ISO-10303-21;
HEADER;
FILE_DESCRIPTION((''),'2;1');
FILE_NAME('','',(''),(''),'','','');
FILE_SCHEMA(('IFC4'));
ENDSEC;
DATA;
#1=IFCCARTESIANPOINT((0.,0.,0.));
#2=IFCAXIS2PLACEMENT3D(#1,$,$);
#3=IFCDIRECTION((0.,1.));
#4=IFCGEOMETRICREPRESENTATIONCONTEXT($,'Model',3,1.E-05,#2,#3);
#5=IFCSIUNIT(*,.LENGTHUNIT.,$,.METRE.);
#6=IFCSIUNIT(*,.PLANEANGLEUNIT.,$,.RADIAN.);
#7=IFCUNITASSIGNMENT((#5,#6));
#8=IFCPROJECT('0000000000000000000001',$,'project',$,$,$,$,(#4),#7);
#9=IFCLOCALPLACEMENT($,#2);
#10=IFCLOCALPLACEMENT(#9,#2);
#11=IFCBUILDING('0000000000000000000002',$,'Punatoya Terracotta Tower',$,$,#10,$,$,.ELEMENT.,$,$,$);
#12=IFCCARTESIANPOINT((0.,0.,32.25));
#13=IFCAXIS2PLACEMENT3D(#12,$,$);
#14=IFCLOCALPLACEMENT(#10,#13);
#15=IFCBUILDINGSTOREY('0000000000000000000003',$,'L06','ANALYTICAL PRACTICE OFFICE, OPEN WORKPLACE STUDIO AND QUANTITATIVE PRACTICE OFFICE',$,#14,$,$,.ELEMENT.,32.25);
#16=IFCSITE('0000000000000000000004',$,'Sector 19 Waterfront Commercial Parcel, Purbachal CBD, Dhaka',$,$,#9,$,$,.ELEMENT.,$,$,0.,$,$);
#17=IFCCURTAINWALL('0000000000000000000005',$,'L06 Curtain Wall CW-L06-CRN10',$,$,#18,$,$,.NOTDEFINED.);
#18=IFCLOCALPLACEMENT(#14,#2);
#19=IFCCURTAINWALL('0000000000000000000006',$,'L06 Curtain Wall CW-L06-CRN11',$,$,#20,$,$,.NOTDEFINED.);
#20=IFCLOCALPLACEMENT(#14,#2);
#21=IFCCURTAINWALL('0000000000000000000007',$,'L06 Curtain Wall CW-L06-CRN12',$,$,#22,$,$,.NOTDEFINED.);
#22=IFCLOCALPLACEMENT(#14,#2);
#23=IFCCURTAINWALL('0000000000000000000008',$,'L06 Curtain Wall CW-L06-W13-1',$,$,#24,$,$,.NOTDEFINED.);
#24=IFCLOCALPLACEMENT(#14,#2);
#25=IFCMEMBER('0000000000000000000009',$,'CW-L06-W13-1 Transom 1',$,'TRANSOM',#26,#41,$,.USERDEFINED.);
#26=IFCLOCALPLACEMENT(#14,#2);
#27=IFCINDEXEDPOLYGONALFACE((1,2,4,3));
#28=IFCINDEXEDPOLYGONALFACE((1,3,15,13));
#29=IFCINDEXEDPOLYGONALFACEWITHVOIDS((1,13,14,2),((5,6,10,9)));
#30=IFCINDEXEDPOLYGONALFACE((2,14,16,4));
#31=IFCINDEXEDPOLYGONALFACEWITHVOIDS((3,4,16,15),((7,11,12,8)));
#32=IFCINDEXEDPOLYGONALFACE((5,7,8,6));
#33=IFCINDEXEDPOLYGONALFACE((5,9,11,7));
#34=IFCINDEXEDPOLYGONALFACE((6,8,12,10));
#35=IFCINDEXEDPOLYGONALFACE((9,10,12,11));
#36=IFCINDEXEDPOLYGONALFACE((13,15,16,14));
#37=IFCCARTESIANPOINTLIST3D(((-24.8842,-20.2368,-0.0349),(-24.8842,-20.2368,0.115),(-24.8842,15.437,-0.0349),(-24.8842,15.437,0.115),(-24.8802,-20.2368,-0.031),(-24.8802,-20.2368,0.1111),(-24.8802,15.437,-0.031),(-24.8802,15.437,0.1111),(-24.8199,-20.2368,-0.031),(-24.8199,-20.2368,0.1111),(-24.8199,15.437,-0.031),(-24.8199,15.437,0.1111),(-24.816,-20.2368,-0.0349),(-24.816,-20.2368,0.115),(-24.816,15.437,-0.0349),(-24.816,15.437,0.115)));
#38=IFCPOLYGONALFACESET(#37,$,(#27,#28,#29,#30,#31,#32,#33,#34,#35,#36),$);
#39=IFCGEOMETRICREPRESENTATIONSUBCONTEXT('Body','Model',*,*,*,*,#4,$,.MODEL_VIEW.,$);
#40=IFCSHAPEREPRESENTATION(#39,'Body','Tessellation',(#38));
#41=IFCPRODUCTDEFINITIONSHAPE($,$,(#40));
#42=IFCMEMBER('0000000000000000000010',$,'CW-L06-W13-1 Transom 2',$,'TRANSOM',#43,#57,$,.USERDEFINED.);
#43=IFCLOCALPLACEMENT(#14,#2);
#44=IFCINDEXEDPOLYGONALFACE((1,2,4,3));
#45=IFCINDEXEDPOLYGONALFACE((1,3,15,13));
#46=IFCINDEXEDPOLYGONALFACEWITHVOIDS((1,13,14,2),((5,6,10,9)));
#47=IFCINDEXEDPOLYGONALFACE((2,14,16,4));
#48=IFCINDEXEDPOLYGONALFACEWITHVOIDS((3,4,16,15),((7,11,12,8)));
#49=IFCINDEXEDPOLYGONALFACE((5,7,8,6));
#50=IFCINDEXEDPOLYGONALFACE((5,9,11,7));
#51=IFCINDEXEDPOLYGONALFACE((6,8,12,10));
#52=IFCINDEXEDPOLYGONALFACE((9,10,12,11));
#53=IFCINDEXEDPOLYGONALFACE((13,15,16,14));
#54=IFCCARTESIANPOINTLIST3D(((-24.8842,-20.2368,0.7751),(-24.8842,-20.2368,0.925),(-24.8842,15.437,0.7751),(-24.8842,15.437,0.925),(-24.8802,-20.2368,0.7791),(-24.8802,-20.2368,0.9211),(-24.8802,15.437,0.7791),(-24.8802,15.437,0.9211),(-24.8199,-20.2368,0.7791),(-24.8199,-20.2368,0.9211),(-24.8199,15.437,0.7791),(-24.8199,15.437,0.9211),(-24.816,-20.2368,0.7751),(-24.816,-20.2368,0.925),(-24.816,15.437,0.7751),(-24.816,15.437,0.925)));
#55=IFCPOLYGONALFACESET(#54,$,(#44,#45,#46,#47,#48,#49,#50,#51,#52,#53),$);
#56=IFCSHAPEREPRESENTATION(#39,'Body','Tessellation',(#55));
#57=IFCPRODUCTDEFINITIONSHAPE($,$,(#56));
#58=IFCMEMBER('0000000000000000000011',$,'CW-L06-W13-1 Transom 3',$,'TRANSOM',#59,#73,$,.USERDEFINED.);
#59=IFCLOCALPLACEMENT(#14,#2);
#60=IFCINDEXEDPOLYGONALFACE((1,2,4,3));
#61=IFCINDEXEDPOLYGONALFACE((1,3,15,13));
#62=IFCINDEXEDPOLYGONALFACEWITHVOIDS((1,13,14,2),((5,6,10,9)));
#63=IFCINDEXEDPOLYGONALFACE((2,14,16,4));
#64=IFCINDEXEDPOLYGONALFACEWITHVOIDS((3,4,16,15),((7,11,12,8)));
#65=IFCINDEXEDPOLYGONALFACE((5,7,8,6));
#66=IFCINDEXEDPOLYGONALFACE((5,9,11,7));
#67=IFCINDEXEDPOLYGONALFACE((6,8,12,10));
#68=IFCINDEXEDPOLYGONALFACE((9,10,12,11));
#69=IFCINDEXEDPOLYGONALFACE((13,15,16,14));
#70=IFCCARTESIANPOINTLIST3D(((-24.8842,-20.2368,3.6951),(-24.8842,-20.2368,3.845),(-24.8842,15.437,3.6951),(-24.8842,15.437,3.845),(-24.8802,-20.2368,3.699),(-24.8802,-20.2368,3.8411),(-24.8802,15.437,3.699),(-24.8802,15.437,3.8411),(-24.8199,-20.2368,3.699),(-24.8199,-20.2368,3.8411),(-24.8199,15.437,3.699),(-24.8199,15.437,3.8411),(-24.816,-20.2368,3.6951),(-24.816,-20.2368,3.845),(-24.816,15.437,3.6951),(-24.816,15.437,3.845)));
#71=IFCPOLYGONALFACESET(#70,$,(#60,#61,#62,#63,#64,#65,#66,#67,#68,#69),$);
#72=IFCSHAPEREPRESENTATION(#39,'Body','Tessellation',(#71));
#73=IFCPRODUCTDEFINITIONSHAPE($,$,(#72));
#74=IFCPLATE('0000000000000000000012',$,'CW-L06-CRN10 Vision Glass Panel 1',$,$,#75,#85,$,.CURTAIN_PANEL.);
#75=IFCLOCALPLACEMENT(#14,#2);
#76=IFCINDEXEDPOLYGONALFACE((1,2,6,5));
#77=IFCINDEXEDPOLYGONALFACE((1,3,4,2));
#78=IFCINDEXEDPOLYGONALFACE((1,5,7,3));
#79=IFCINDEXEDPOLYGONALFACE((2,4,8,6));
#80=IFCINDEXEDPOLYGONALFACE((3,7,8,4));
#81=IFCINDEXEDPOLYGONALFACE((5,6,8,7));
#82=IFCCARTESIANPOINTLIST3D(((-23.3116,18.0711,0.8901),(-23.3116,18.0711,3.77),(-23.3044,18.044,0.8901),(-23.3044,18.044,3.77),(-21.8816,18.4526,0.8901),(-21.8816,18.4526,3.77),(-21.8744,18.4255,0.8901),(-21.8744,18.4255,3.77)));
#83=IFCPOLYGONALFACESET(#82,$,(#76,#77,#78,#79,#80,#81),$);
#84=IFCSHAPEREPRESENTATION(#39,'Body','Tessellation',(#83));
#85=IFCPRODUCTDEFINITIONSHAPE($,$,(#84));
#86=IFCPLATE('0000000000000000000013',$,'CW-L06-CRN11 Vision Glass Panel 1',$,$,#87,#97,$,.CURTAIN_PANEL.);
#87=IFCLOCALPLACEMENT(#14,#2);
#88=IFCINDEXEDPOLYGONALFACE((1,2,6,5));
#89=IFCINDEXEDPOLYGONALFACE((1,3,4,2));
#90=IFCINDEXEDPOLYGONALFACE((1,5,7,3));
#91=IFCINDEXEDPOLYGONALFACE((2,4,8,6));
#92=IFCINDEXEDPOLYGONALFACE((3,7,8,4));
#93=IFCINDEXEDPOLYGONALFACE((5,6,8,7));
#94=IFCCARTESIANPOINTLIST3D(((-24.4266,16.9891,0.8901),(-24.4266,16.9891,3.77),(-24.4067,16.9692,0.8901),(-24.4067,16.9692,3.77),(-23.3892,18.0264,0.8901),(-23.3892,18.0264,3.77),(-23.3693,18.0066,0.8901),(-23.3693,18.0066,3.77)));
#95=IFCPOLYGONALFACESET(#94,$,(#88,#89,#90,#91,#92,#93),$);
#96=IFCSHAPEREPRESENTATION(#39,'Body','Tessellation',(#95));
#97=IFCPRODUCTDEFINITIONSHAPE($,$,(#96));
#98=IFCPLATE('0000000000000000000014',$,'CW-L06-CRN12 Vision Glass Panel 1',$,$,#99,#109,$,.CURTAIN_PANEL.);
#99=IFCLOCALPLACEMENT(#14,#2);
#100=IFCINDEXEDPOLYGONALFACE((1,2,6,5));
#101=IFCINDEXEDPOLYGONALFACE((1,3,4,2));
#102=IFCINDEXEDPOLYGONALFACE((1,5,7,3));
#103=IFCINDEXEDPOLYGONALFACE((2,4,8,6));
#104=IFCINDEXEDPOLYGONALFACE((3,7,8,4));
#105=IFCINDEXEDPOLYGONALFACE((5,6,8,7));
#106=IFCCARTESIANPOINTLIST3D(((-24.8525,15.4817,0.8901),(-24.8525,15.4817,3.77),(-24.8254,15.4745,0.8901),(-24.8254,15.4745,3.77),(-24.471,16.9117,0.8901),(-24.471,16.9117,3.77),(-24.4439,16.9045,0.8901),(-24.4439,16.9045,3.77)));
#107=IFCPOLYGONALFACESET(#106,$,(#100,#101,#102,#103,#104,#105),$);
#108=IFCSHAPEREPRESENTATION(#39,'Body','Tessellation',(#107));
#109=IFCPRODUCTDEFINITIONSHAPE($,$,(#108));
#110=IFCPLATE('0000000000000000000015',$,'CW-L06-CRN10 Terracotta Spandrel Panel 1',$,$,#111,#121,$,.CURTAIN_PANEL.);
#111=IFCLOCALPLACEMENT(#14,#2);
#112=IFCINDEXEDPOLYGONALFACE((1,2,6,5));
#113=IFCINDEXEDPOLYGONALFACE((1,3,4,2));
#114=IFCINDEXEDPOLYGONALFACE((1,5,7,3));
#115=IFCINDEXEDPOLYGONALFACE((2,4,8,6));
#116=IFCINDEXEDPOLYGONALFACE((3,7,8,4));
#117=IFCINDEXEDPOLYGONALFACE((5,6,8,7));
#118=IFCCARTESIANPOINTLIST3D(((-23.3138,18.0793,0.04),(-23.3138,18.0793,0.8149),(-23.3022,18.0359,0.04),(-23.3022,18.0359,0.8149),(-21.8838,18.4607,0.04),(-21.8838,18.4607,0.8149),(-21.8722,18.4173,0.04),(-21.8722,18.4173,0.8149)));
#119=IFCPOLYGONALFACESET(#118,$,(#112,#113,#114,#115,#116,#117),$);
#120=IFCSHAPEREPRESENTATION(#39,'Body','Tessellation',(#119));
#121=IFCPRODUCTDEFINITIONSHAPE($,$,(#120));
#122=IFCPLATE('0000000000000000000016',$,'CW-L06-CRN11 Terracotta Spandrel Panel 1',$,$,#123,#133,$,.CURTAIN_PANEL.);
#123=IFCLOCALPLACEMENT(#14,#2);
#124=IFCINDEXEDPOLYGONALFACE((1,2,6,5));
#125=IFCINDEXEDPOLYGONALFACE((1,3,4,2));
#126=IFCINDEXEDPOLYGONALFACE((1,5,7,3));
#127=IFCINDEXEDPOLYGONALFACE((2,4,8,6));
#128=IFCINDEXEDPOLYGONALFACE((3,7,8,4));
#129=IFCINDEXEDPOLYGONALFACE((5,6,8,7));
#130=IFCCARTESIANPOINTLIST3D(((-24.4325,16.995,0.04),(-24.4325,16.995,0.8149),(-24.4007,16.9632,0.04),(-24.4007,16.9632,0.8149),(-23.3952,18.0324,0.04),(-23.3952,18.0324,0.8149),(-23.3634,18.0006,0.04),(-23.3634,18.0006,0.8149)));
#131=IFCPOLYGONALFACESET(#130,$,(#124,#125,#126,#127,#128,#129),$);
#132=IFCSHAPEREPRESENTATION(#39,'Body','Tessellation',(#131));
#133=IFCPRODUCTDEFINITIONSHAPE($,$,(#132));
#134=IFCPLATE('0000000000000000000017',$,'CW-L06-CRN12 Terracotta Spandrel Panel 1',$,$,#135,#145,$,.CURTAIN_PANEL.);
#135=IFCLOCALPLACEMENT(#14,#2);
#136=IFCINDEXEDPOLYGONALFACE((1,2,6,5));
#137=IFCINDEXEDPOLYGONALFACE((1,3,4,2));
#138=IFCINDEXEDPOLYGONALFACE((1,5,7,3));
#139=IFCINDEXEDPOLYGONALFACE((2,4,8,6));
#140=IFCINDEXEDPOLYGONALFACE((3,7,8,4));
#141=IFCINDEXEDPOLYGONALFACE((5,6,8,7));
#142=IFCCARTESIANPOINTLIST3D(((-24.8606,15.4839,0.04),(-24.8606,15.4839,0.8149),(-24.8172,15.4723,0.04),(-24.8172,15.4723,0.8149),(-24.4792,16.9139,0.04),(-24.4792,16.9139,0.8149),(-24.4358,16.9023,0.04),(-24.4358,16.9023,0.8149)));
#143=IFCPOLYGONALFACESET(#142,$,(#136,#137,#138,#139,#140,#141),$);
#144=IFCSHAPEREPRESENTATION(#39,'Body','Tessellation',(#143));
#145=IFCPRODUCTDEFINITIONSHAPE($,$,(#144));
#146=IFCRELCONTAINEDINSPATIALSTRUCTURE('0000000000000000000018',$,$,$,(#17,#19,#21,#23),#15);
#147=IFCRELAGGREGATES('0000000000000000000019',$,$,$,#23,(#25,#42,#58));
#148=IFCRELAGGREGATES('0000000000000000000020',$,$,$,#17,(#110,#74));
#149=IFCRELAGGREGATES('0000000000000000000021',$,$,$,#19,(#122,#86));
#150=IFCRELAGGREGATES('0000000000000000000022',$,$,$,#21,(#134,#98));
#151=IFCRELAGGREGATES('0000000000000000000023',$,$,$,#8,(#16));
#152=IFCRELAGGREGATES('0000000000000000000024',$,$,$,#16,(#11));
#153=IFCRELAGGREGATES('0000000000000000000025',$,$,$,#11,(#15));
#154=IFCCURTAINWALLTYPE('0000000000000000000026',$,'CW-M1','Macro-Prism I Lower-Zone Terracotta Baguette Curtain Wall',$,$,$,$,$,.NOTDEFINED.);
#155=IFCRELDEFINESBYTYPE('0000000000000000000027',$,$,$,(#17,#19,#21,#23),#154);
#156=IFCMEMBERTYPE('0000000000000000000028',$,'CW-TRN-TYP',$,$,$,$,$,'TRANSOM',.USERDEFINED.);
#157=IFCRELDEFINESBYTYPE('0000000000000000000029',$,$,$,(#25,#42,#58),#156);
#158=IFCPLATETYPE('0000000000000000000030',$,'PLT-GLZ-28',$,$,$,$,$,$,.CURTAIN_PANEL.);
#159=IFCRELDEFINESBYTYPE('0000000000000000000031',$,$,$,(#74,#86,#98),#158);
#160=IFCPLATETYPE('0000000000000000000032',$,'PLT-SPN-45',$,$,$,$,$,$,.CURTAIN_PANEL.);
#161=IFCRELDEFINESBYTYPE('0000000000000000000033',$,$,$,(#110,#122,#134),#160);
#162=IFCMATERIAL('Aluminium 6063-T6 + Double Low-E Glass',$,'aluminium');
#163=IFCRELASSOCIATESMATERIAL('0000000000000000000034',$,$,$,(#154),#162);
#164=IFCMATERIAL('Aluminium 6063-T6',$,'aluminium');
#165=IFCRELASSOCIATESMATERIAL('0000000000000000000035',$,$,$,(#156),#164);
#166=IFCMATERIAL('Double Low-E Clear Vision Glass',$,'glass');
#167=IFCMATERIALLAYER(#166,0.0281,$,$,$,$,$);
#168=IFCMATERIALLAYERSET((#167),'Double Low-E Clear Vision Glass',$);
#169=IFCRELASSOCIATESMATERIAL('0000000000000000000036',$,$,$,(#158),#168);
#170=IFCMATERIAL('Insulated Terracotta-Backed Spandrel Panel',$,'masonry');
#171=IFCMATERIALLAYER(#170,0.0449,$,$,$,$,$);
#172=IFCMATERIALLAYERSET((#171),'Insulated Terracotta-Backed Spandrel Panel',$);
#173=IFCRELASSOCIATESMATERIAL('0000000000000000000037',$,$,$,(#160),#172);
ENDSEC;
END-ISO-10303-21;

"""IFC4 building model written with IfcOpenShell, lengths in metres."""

from ifc_helpers import new_model, si_unit, direction, frame, origin, origin_2d, place, context, subcontext, project, spatial, rectangle, hollow_rectangle, extrude, material, layer, layer_set, material_profile, profile_set, type_object, element, aggregate, save


model = new_model("IFC4")

# Units and contexts
model_context = context("Model", 3, precision=1e-05, world=origin(), true_north=direction((0.0, 1.0)))
body_context = subcontext(model_context, "Body", "Model", "MODEL_VIEW")
ifc_project = project(units=[si_unit("LENGTHUNIT", "METRE"), si_unit("PLANEANGLEUNIT", "RADIAN")], contexts=[model_context])

# Site, building, storey
site_placement = place(None, origin())
site = spatial("IfcSite", under=ifc_project, at=site_placement, Name="Sector 19 Waterfront Commercial Parcel, Purbachal CBD, Dhaka", CompositionType="ELEMENT", RefElevation=0.0)
building_placement = place(site_placement, origin())
building = spatial("IfcBuilding", under=site, at=building_placement, Name="Punatoya Terracotta Tower", CompositionType="ELEMENT")
storey_placement = place(building_placement, frame((0.0, 0.0, 32.25)))
storey = spatial("IfcBuildingStorey", under=building, at=storey_placement, Name="L06", Description="ANALYTICAL PRACTICE OFFICE, OPEN WORKPLACE STUDIO AND QUANTITATIVE PRACTICE OFFICE", CompositionType="ELEMENT", Elevation=32.25)

# Curtain walls
ifc_material_1 = material(Name="Aluminium 6063-T6 + Double Low-E Glass", Category="aluminium")
curtain_wall_type = type_object("IfcCurtainWallType", Name="CW-M1", Description="Macro-Prism I Lower-Zone Terracotta Baguette Curtain Wall", PredefinedType="NOTDEFINED", material=ifc_material_1)
curtain_wall_1_placement = place(storey_placement, origin())
curtain_wall_1 = element("IfcCurtainWall", 1, at=curtain_wall_1_placement, inside=storey, type_object=curtain_wall_type, Name="L06 Curtain Wall CW-L06-CRN10", PredefinedType="NOTDEFINED")
ifc_material_2 = material(Name="Aluminium 6063-T6", Category="aluminium")
curtain_wall_2_placement = place(storey_placement, origin())
curtain_wall_2 = element("IfcCurtainWall", 2, at=curtain_wall_2_placement, inside=storey, type_object=curtain_wall_type, Name="L06 Curtain Wall CW-L06-CRN11", PredefinedType="NOTDEFINED")
curtain_wall_3_placement = place(storey_placement, origin())
curtain_wall_3 = element("IfcCurtainWall", 3, at=curtain_wall_3_placement, inside=storey, type_object=curtain_wall_type, Name="L06 Curtain Wall CW-L06-CRN12", PredefinedType="NOTDEFINED")

# Curtain wall
curtain_wall_4_placement = place(storey_placement, origin())
curtain_wall_4 = element("IfcCurtainWall", 4, at=curtain_wall_4_placement, inside=storey, type_object=curtain_wall_type, Name="L06 Curtain Wall CW-L06-W13-1", PredefinedType="NOTDEFINED")

# Members
ifc_material_profile_1 = material_profile(ifc_material_2, hollow_rectangle(XDim=0.0681, YDim=0.1499, WallThickness=0.0039, at=origin_2d()))
ifc_profile_set_1 = profile_set([ifc_material_profile_1], Name="Aluminium 6063-T6")
member_type_1 = type_object("IfcMemberType", Name="CW-TRN-TYP", ElementType="TRANSOM", PredefinedType="USERDEFINED", material=ifc_profile_set_1)
member_1_placement = place(storey_placement, frame((-24.8501, 15.437, 0.04), z_axis=(0.0, -1.0, 0.0), x_axis=(1.0, 0.0, 0.0)))
member_1 = element("IfcMember", 5, at=member_1_placement, type_object=member_type_1, Name="CW-L06-W13-1 Transom 1", ObjectType="TRANSOM", PredefinedType="USERDEFINED", context=body_context, shape_type="SweptSolid", body=[
    extrude(hollow_rectangle(XDim=0.0681, YDim=0.1499, WallThickness=0.0039, at=origin_2d()), origin(), (0.0, 0.0, 1.0), 35.6738),
])
member_2_placement = place(storey_placement, frame((-24.8501, 15.437, 0.8501), z_axis=(0.0, -1.0, 0.0), x_axis=(1.0, 0.0, 0.0)))
member_2 = element("IfcMember", 6, at=member_2_placement, type_object=member_type_1, Name="CW-L06-W13-1 Transom 2", ObjectType="TRANSOM", PredefinedType="USERDEFINED", context=body_context, shape_type="SweptSolid", body=[
    extrude(hollow_rectangle(XDim=0.0681, YDim=0.1499, WallThickness=0.0039, at=origin_2d()), origin(), (0.0, 0.0, 1.0), 35.6738),
])
member_3_placement = place(storey_placement, frame((-24.8501, 15.437, 3.77), z_axis=(0.0, -1.0, 0.0), x_axis=(1.0, 0.0, 0.0)))
member_3 = element("IfcMember", 7, at=member_3_placement, type_object=member_type_1, Name="CW-L06-W13-1 Transom 3", ObjectType="TRANSOM", PredefinedType="USERDEFINED", context=body_context, shape_type="SweptSolid", body=[
    extrude(hollow_rectangle(XDim=0.0681, YDim=0.1499, WallThickness=0.0039, at=origin_2d()), origin(), (0.0, 0.0, 1.0), 35.6738),
])
aggregate(curtain_wall_4, [member_1, member_2, member_3])

# Plates
ifc_material_3 = material(Name="Double Low-E Clear Vision Glass", Category="glass")
ifc_layer_1 = layer(ifc_material_3, 0.0281)
ifc_layer_set_1 = layer_set([ifc_layer_1], Name="Double Low-E Clear Vision Glass")
plate_type_1 = type_object("IfcPlateType", Name="PLT-GLZ-28", PredefinedType="CURTAIN_PANEL", material=ifc_layer_set_1)
plate_1_placement = place(storey_placement, frame((-22.593, 18.2483, 0.8901), z_axis=(0.0, 0.0, 1.0), x_axis=(-0.966214, -0.257742, 0.0)))
plate_1 = element("IfcPlate", 8, at=plate_1_placement, type_object=plate_type_1, Name="CW-L06-CRN10 Vision Glass Panel 1", PredefinedType="CURTAIN_PANEL", context=body_context, shape_type="SweptSolid", body=[
    extrude(rectangle(XDim=1.48, YDim=0.0281, at=origin_2d()), origin(), (0.0, 0.0, 1.0), 2.8799),
])
plate_2_placement = place(storey_placement, frame((-23.8979, 17.4978, 0.8901), z_axis=(0.0, 0.0, 1.0), x_axis=(-0.707107, -0.707107, 0.0)))
plate_2 = element("IfcPlate", 9, at=plate_2_placement, type_object=plate_type_1, Name="CW-L06-CRN11 Vision Glass Panel 1", PredefinedType="CURTAIN_PANEL", context=body_context, shape_type="SweptSolid", body=[
    extrude(rectangle(XDim=1.467, YDim=0.0281, at=origin_2d()), origin(), (0.0, 0.0, 1.0), 2.8799),
])
plate_3_placement = place(storey_placement, frame((-24.6482, 16.1931, 0.8901), z_axis=(0.0, 0.0, 1.0), x_axis=(-0.257742, -0.966214, 0.0)))
plate_3 = element("IfcPlate", 10, at=plate_3_placement, type_object=plate_type_1, Name="CW-L06-CRN12 Vision Glass Panel 1", PredefinedType="CURTAIN_PANEL", context=body_context, shape_type="SweptSolid", body=[
    extrude(rectangle(XDim=1.48, YDim=0.0281, at=origin_2d()), origin(), (0.0, 0.0, 1.0), 2.8799),
])
ifc_material_4 = material(Name="Insulated Terracotta-Backed Spandrel Panel", Category="masonry")
ifc_layer_2 = layer(ifc_material_4, 0.0449)
ifc_layer_set_2 = layer_set([ifc_layer_2], Name="Insulated Terracotta-Backed Spandrel Panel")
plate_type_2 = type_object("IfcPlateType", Name="PLT-SPN-45", PredefinedType="CURTAIN_PANEL", material=ifc_layer_set_2)
plate_4_placement = place(storey_placement, frame((-22.593, 18.2483, 0.04), z_axis=(0.0, 0.0, 1.0), x_axis=(-0.966214, -0.257742, 0.0)))
plate_4 = element("IfcPlate", 11, at=plate_4_placement, type_object=plate_type_2, Name="CW-L06-CRN10 Terracotta Spandrel Panel 1", PredefinedType="CURTAIN_PANEL", context=body_context, shape_type="SweptSolid", body=[
    extrude(rectangle(XDim=1.48, YDim=0.0449, at=origin_2d()), origin(), (0.0, 0.0, 1.0), 0.7749),
])
aggregate(curtain_wall_1, [plate_4, plate_1])
plate_5_placement = place(storey_placement, frame((-23.8979, 17.4978, 0.04), z_axis=(0.0, 0.0, 1.0), x_axis=(-0.707107, -0.707107, 0.0)))
plate_5 = element("IfcPlate", 12, at=plate_5_placement, type_object=plate_type_2, Name="CW-L06-CRN11 Terracotta Spandrel Panel 1", PredefinedType="CURTAIN_PANEL", context=body_context, shape_type="SweptSolid", body=[
    extrude(rectangle(XDim=1.467, YDim=0.0449, at=origin_2d()), origin(), (0.0, 0.0, 1.0), 0.7749),
])
aggregate(curtain_wall_2, [plate_5, plate_2])
plate_6_placement = place(storey_placement, frame((-24.6482, 16.1931, 0.04), z_axis=(0.0, 0.0, 1.0), x_axis=(-0.257742, -0.966214, 0.0)))
plate_6 = element("IfcPlate", 13, at=plate_6_placement, type_object=plate_type_2, Name="CW-L06-CRN12 Terracotta Spandrel Panel 1", PredefinedType="CURTAIN_PANEL", context=body_context, shape_type="SweptSolid", body=[
    extrude(rectangle(XDim=1.48, YDim=0.0449, at=origin_2d()), origin(), (0.0, 0.0, 1.0), 0.7749),
])
aggregate(curtain_wall_3, [plate_6, plate_3])

save(model, "model.ifc")
